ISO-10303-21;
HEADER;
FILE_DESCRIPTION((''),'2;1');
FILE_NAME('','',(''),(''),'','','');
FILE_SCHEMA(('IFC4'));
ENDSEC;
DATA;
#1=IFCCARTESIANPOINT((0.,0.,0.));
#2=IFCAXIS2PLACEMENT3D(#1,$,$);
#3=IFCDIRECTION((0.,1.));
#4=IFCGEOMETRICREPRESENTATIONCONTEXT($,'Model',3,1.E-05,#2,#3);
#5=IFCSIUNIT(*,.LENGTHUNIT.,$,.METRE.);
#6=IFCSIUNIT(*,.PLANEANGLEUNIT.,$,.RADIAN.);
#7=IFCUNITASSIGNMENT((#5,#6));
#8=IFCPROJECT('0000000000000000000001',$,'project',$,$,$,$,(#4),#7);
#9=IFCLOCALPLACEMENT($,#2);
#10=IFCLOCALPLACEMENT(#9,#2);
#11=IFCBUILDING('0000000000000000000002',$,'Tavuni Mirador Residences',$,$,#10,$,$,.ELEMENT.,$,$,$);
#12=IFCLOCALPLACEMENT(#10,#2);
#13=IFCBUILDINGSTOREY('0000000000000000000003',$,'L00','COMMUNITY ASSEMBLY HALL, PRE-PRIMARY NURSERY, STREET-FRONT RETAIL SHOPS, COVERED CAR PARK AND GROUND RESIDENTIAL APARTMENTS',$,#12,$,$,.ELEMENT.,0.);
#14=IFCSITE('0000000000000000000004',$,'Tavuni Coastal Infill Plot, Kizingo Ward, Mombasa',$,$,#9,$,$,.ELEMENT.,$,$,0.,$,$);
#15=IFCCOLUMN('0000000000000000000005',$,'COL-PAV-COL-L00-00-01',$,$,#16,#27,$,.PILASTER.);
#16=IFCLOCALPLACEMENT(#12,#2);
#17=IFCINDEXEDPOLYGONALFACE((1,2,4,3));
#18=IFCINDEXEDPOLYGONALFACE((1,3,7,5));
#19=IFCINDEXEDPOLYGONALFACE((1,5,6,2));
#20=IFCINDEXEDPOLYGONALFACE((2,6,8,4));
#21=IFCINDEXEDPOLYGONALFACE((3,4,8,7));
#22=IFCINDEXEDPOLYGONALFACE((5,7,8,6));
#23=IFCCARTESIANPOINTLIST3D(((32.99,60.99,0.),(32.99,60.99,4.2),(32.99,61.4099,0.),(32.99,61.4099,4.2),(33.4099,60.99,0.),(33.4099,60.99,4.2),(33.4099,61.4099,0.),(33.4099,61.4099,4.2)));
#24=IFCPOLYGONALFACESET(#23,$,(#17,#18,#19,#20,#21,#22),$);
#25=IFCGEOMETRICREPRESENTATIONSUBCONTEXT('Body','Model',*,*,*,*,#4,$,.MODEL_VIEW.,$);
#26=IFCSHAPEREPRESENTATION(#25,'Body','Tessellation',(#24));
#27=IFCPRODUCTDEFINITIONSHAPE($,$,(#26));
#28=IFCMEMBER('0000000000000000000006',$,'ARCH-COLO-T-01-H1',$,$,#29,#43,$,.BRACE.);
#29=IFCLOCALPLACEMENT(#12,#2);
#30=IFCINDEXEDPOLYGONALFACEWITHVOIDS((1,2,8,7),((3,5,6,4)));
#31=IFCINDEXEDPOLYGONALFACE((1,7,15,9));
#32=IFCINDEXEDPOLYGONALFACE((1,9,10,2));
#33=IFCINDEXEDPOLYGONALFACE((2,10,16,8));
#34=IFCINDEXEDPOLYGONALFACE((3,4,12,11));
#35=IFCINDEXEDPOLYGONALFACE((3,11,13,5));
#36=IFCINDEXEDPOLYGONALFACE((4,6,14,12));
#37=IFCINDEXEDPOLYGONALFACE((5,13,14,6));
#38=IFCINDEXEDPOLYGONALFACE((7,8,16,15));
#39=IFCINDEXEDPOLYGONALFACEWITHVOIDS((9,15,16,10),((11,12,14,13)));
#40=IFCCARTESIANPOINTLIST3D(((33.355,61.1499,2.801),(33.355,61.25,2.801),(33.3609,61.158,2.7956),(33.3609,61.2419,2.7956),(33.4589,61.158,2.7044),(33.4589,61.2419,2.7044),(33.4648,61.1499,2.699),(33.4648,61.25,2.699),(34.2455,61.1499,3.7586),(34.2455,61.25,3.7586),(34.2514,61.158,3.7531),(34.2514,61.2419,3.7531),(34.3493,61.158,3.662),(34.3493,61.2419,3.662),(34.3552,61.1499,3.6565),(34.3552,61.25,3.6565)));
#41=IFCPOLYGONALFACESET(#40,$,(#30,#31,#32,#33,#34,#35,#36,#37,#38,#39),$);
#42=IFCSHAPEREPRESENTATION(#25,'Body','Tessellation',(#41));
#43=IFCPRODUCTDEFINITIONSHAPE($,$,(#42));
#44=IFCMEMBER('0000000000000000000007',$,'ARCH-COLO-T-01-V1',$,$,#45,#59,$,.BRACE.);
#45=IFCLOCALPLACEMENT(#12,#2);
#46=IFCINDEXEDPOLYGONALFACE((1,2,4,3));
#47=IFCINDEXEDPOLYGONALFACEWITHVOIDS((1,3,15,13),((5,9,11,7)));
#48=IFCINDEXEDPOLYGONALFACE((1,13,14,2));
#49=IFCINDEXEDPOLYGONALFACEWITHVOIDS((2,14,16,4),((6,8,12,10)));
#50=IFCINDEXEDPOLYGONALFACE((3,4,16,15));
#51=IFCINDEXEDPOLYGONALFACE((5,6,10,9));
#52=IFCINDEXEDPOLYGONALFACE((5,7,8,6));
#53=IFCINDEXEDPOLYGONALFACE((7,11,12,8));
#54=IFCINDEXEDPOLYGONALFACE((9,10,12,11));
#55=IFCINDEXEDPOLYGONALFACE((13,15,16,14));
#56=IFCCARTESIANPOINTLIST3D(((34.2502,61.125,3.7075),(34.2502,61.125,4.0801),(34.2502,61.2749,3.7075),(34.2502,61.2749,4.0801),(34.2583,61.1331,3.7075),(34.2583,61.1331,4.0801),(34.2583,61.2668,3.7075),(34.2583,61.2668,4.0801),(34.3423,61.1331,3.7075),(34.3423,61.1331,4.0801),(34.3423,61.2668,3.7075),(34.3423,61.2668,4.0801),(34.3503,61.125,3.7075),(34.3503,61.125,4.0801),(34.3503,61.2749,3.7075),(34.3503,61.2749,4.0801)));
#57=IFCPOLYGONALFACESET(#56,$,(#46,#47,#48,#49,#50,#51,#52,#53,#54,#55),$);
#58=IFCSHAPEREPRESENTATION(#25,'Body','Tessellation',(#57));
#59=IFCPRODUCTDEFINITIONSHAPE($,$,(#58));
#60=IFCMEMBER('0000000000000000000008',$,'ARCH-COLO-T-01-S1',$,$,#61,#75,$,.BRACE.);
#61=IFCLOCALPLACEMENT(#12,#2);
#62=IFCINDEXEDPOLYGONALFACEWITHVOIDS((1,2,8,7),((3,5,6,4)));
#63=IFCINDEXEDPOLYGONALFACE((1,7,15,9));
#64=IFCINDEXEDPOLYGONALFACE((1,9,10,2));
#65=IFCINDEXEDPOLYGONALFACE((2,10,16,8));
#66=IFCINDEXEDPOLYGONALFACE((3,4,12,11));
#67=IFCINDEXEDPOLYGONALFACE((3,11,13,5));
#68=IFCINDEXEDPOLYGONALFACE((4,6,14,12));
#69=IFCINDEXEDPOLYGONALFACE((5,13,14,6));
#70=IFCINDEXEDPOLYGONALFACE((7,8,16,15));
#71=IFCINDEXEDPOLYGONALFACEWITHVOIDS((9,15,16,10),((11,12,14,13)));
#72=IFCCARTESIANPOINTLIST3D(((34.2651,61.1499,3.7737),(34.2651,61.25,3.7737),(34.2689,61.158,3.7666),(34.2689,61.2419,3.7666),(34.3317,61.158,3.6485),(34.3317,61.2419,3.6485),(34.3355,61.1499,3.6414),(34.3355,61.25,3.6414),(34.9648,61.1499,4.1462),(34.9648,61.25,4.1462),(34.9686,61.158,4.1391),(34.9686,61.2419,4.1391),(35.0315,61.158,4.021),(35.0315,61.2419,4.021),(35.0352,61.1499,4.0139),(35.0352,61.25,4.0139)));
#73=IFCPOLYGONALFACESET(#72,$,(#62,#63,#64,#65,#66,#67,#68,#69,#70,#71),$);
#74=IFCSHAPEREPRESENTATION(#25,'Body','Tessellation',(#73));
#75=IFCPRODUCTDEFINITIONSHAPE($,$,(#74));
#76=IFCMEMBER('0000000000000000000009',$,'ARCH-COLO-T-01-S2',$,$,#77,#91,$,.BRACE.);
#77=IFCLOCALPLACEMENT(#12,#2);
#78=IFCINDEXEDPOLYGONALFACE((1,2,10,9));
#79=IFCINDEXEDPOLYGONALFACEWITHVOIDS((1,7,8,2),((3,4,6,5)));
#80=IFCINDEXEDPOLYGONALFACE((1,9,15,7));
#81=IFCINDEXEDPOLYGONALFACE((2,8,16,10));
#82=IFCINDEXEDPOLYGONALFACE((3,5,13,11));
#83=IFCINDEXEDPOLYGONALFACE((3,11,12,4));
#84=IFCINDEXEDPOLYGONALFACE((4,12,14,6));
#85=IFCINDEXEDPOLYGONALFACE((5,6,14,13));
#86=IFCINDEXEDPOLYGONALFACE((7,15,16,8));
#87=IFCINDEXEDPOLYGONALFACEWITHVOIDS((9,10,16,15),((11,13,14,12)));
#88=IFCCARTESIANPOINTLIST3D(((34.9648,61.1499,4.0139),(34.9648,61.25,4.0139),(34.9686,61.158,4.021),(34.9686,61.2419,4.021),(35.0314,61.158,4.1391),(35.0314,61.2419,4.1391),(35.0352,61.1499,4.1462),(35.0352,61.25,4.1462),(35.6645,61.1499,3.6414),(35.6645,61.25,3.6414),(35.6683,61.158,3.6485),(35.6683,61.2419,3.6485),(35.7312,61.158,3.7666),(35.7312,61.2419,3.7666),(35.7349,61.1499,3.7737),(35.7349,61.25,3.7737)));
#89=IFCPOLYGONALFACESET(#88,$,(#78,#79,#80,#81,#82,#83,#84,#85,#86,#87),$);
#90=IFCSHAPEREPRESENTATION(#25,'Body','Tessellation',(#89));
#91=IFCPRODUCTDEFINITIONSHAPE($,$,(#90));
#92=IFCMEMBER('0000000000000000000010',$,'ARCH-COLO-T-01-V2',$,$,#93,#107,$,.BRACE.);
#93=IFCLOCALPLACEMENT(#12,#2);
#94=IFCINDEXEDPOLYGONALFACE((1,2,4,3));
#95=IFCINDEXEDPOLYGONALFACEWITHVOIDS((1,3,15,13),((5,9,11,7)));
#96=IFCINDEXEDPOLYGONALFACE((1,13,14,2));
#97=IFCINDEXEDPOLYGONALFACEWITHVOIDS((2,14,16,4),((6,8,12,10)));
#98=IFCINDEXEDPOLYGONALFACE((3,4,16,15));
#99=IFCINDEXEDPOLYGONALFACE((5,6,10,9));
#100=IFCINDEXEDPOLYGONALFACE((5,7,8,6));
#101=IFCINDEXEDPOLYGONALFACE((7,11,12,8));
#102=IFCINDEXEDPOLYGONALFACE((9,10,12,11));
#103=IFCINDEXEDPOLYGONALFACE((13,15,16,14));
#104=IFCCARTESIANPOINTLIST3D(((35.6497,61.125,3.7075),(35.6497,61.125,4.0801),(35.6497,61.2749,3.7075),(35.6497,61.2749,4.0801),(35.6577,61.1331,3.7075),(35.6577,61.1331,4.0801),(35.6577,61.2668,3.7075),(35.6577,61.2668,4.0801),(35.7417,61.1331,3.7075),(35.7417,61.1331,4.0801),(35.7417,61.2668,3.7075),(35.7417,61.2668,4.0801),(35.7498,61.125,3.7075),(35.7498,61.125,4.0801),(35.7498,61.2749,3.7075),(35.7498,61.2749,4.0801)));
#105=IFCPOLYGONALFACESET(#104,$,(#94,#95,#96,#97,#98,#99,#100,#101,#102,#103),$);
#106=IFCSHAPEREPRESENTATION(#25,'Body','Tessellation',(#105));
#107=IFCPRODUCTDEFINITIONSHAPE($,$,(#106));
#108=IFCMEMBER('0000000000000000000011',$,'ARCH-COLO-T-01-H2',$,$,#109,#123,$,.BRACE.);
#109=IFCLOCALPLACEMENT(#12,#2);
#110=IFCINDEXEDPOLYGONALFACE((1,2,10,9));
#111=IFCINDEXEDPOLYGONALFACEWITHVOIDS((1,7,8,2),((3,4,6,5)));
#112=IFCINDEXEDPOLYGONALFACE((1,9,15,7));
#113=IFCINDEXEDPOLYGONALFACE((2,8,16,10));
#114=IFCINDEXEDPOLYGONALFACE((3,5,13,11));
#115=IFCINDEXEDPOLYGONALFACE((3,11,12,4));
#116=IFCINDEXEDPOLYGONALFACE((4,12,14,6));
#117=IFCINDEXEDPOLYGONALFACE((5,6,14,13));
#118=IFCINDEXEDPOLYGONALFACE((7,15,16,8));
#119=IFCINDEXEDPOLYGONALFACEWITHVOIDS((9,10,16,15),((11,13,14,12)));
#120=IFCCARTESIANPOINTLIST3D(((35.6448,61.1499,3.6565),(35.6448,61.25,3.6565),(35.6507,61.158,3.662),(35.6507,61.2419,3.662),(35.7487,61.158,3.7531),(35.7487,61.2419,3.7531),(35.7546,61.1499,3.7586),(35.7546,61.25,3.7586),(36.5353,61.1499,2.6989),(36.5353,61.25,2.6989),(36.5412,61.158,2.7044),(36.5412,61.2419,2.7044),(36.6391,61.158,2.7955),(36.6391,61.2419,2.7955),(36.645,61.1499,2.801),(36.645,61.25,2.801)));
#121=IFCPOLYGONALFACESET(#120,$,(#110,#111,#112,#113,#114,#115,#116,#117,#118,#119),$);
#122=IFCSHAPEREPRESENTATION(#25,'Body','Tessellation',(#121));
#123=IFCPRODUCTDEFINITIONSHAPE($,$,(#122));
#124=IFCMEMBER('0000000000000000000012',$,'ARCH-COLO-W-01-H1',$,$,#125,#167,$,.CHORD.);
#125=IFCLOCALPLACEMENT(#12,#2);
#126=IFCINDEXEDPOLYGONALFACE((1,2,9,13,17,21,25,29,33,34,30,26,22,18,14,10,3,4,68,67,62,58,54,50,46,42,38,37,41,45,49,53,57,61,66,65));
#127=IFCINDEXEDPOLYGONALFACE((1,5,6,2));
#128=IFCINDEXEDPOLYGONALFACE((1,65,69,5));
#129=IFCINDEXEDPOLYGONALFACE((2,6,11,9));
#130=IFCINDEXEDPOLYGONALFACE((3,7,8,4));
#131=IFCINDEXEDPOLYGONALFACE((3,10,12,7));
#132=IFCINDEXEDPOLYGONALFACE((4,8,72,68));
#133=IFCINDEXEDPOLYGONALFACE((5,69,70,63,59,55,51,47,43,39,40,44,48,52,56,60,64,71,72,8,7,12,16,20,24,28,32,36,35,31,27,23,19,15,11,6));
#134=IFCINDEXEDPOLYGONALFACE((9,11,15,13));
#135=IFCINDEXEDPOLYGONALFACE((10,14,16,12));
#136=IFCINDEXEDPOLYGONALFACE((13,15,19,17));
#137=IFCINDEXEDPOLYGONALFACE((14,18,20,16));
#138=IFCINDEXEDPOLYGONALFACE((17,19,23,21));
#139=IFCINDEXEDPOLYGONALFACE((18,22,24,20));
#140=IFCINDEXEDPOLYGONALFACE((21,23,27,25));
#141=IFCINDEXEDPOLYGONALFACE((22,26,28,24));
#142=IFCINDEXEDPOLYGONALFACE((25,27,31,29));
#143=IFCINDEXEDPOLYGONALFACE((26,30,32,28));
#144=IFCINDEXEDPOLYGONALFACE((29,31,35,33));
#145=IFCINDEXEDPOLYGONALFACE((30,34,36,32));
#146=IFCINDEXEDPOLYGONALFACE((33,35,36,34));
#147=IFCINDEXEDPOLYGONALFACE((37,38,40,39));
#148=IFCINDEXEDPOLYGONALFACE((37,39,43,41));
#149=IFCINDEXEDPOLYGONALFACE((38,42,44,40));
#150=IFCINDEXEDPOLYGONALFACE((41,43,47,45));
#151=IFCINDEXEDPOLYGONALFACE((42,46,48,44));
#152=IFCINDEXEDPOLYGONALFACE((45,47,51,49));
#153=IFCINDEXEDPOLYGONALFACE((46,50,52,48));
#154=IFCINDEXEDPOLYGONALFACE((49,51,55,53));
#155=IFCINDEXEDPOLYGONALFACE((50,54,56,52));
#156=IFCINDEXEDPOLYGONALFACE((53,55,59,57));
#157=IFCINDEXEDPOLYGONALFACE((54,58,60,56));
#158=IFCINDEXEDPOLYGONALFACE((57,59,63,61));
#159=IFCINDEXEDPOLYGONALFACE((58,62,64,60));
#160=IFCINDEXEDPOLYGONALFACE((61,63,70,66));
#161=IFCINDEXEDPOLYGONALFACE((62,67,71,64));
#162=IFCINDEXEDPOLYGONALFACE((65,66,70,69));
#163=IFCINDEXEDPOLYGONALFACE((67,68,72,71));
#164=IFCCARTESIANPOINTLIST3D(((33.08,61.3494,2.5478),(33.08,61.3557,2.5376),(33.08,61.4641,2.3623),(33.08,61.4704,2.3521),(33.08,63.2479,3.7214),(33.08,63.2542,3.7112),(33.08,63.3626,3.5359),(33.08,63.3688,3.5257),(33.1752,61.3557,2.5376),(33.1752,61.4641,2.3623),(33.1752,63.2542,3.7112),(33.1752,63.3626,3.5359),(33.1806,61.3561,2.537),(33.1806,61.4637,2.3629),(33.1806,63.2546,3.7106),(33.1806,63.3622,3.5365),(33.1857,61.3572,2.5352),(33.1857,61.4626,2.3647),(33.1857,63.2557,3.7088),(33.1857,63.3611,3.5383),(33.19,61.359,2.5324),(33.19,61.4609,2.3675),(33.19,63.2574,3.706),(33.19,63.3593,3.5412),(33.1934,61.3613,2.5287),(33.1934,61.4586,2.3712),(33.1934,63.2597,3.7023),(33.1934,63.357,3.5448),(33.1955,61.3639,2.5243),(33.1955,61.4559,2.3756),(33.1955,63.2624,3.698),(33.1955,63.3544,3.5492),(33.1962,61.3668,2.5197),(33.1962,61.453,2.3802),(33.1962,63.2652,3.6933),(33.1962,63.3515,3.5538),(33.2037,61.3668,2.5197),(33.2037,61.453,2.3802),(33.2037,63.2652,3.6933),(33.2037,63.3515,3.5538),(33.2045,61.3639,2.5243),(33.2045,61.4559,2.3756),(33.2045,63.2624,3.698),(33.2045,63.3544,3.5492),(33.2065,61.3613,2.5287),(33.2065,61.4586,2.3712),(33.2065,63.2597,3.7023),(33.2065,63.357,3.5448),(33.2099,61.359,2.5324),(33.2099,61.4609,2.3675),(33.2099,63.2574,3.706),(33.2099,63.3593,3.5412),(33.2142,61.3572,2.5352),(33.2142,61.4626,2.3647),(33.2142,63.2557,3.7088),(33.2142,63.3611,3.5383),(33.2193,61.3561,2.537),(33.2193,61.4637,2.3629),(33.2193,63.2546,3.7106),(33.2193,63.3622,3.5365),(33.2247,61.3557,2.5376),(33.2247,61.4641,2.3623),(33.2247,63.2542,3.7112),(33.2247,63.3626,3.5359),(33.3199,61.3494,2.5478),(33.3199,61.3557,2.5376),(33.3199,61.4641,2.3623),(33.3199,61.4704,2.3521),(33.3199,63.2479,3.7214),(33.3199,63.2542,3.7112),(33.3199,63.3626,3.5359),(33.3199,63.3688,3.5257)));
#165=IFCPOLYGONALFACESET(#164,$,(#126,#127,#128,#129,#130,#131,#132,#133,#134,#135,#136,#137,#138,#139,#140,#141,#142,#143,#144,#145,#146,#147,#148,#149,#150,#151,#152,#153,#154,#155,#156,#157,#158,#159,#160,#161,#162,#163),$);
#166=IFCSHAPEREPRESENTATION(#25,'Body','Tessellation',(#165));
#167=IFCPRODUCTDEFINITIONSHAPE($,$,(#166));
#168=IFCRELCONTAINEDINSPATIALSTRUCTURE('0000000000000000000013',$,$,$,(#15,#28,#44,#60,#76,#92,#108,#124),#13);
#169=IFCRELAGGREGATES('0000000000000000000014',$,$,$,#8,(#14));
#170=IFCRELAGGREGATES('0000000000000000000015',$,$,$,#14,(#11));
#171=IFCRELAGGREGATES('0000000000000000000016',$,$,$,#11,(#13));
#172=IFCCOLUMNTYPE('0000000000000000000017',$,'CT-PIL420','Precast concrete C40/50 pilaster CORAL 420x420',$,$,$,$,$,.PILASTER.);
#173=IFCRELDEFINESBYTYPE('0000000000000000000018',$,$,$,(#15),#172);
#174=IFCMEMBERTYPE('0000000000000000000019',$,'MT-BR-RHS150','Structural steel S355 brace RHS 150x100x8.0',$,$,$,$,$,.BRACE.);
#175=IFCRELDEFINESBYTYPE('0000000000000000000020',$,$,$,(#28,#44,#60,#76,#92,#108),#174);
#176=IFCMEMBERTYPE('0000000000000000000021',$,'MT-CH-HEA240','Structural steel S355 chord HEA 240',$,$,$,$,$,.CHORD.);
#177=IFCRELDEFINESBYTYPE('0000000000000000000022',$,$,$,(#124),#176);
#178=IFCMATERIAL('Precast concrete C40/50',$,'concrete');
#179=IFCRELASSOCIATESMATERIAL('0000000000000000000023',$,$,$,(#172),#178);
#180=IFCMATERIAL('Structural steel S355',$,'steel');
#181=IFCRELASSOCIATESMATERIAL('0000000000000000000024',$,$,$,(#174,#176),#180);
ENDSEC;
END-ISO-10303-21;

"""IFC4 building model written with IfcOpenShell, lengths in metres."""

from ifc_helpers import new_model, si_unit, direction, frame, origin, origin_2d, place, context, subcontext, project, spatial, rectangle, hollow_rectangle, i_section, extrude, material, material_profile, profile_set, type_object, element, save


model = new_model("IFC4")

# Units and contexts
model_context = context("Model", 3, precision=1e-05, world=origin(), true_north=direction((0.0, 1.0)))
body_context = subcontext(model_context, "Body", "Model", "MODEL_VIEW")
ifc_project = project(units=[si_unit("LENGTHUNIT", "METRE"), si_unit("PLANEANGLEUNIT", "RADIAN")], contexts=[model_context])

# Site, building, storey
site_placement = place(None, origin())
site = spatial("IfcSite", under=ifc_project, at=site_placement, Name="Tavuni Coastal Infill Plot, Kizingo Ward, Mombasa", CompositionType="ELEMENT", RefElevation=0.0)
building_placement = place(site_placement, origin())
building = spatial("IfcBuilding", under=site, at=building_placement, Name="Tavuni Mirador Residences", CompositionType="ELEMENT")
storey_placement = place(building_placement, origin())
storey = spatial("IfcBuildingStorey", under=building, at=storey_placement, Name="L00", Description="COMMUNITY ASSEMBLY HALL, PRE-PRIMARY NURSERY, STREET-FRONT RETAIL SHOPS, COVERED CAR PARK AND GROUND RESIDENTIAL APARTMENTS", CompositionType="ELEMENT", Elevation=0.0)

# Column
ifc_material_1 = material(Name="Precast concrete C40/50", Category="concrete")
ifc_material_profile_1 = material_profile(ifc_material_1, rectangle(XDim=0.4199, YDim=0.4199, at=origin_2d()), Name="CORAL 420x420", Category="concrete")
ifc_profile_set_1 = profile_set([ifc_material_profile_1], Name="Precast concrete C40/50")
column_type = type_object("IfcColumnType", Name="CT-PIL420", Description="Precast concrete C40/50 pilaster CORAL 420x420", PredefinedType="PILASTER", material=ifc_profile_set_1)
column_placement = place(storey_placement, frame((33.2, 61.2, 0.0), z_axis=(0.0, 0.0, 1.0), x_axis=(1.0, 0.0, 0.0)))
element("IfcColumn", 1, at=column_placement, inside=storey, type_object=column_type, Name="COL-PAV-COL-L00-00-01", PredefinedType="PILASTER", context=body_context, shape_type="SweptSolid", body=[
    extrude(rectangle(XDim=0.4199, YDim=0.4199, at=origin_2d()), origin(), (0.0, 0.0, 1.0), 4.2),
])

# Members
ifc_material_2 = material(Name="Structural steel S355", Category="steel")
ifc_material_profile_2 = material_profile(ifc_material_2, hollow_rectangle(XDim=0.1001, YDim=0.1499, WallThickness=0.0081, at=origin_2d()), Name="RHS 150x100x8.0", Category="steel")
ifc_profile_set_2 = profile_set([ifc_material_profile_2], Name="Structural steel S355")
member_type_1 = type_object("IfcMemberType", Name="MT-BR-RHS150", Description="Structural steel S355 brace RHS 150x100x8.0", PredefinedType="BRACE", material=ifc_profile_set_2)
member_1_placement = place(storey_placement, frame((33.4099, 61.2, 2.75), z_axis=(0.680967, 0.0, 0.732314), x_axis=(0.0, 1.0, 0.0)))
element("IfcMember", 2, at=member_1_placement, inside=storey, type_object=member_type_1, Name="ARCH-COLO-T-01-H1", PredefinedType="BRACE", context=body_context, shape_type="SweptSolid", body=[
    extrude(hollow_rectangle(XDim=0.1001, YDim=0.1499, WallThickness=0.0081, at=origin_2d()), origin(), (0.0, 0.0, 1.0), 1.3076),
])
member_2_placement = place(storey_placement, frame((34.3003, 61.2, 3.7075), z_axis=(0.0, 0.0, 1.0), x_axis=(1.0, 0.0, 0.0)))
element("IfcMember", 3, at=member_2_placement, inside=storey, type_object=member_type_1, Name="ARCH-COLO-T-01-V1", PredefinedType="BRACE", context=body_context, shape_type="SweptSolid", body=[
    extrude(hollow_rectangle(XDim=0.1001, YDim=0.1499, WallThickness=0.0081, at=origin_2d()), origin(), (0.0, 0.0, 1.0), 0.3726),
])
for number, where, z_axis, x_axis, name in (
    (4, (34.3003, 61.2, 3.7075), (0.882677, 0.0, 0.469981), (0.0, 1.0, 0.0), "ARCH-COLO-T-01-S1"),
    (5, (35.0, 61.2, 4.0801), (0.882677, 0.0, -0.469981), (0.0, 1.0, 0.0), "ARCH-COLO-T-01-S2"),
):
    element("IfcMember", number, at=place(storey_placement, frame(where, z_axis=z_axis, x_axis=x_axis)), inside=storey, type_object=member_type_1, Name=name, PredefinedType="BRACE", context=body_context, shape_type="SweptSolid", body=[
        extrude(hollow_rectangle(XDim=0.1001, YDim=0.1499, WallThickness=0.0081, at=origin_2d()), origin(), (0.0, 0.0, 1.0), 0.7927),
    ])
member_3_placement = place(storey_placement, frame((35.6997, 61.2, 3.7075), z_axis=(0.0, 0.0, 1.0), x_axis=(1.0, 0.0, 0.0)))
element("IfcMember", 6, at=member_3_placement, inside=storey, type_object=member_type_1, Name="ARCH-COLO-T-01-V2", PredefinedType="BRACE", context=body_context, shape_type="SweptSolid", body=[
    extrude(hollow_rectangle(XDim=0.1001, YDim=0.1499, WallThickness=0.0081, at=origin_2d()), origin(), (0.0, 0.0, 1.0), 0.3726),
])
member_4_placement = place(storey_placement, frame((35.6997, 61.2, 3.7075), z_axis=(0.680967, 0.0, -0.732314), x_axis=(0.0, 1.0, 0.0)))
element("IfcMember", 7, at=member_4_placement, inside=storey, type_object=member_type_1, Name="ARCH-COLO-T-01-H2", PredefinedType="BRACE", context=body_context, shape_type="SweptSolid", body=[
    extrude(hollow_rectangle(XDim=0.1001, YDim=0.1499, WallThickness=0.0081, at=origin_2d()), origin(), (0.0, 0.0, 1.0), 1.3076),
])
ifc_material_profile_3 = material_profile(ifc_material_2, i_section(OverallWidth=0.24, OverallDepth=0.23, WebThickness=0.0076, FlangeThickness=0.012, FilletRadius=0.021, at=origin_2d()), Name="HEA 240", Category="steel")
ifc_profile_set_3 = profile_set([ifc_material_profile_3], Name="Structural steel S355")
member_type_2 = type_object("IfcMemberType", Name="MT-CH-HEA240", Description="Structural steel S355 chord HEA 240", PredefinedType="CHORD", material=ifc_profile_set_3)
member_5_placement = place(storey_placement, frame((33.2, 61.4099, 2.45), z_axis=(0.0, 0.850594, 0.525824), x_axis=(-1.0, 0.0, 0.0)))
element("IfcMember", 8, at=member_5_placement, inside=storey, type_object=member_type_2, Name="ARCH-COLO-W-01-H1", PredefinedType="CHORD", context=body_context, shape_type="SweptSolid", body=[
    extrude(i_section(OverallWidth=0.24, OverallDepth=0.23, WebThickness=0.0076, FlangeThickness=0.012, FilletRadius=0.021, at=origin_2d()), origin(), (0.0, 0.0, 1.0), 2.2319),
])

save(model, "model.ifc")
